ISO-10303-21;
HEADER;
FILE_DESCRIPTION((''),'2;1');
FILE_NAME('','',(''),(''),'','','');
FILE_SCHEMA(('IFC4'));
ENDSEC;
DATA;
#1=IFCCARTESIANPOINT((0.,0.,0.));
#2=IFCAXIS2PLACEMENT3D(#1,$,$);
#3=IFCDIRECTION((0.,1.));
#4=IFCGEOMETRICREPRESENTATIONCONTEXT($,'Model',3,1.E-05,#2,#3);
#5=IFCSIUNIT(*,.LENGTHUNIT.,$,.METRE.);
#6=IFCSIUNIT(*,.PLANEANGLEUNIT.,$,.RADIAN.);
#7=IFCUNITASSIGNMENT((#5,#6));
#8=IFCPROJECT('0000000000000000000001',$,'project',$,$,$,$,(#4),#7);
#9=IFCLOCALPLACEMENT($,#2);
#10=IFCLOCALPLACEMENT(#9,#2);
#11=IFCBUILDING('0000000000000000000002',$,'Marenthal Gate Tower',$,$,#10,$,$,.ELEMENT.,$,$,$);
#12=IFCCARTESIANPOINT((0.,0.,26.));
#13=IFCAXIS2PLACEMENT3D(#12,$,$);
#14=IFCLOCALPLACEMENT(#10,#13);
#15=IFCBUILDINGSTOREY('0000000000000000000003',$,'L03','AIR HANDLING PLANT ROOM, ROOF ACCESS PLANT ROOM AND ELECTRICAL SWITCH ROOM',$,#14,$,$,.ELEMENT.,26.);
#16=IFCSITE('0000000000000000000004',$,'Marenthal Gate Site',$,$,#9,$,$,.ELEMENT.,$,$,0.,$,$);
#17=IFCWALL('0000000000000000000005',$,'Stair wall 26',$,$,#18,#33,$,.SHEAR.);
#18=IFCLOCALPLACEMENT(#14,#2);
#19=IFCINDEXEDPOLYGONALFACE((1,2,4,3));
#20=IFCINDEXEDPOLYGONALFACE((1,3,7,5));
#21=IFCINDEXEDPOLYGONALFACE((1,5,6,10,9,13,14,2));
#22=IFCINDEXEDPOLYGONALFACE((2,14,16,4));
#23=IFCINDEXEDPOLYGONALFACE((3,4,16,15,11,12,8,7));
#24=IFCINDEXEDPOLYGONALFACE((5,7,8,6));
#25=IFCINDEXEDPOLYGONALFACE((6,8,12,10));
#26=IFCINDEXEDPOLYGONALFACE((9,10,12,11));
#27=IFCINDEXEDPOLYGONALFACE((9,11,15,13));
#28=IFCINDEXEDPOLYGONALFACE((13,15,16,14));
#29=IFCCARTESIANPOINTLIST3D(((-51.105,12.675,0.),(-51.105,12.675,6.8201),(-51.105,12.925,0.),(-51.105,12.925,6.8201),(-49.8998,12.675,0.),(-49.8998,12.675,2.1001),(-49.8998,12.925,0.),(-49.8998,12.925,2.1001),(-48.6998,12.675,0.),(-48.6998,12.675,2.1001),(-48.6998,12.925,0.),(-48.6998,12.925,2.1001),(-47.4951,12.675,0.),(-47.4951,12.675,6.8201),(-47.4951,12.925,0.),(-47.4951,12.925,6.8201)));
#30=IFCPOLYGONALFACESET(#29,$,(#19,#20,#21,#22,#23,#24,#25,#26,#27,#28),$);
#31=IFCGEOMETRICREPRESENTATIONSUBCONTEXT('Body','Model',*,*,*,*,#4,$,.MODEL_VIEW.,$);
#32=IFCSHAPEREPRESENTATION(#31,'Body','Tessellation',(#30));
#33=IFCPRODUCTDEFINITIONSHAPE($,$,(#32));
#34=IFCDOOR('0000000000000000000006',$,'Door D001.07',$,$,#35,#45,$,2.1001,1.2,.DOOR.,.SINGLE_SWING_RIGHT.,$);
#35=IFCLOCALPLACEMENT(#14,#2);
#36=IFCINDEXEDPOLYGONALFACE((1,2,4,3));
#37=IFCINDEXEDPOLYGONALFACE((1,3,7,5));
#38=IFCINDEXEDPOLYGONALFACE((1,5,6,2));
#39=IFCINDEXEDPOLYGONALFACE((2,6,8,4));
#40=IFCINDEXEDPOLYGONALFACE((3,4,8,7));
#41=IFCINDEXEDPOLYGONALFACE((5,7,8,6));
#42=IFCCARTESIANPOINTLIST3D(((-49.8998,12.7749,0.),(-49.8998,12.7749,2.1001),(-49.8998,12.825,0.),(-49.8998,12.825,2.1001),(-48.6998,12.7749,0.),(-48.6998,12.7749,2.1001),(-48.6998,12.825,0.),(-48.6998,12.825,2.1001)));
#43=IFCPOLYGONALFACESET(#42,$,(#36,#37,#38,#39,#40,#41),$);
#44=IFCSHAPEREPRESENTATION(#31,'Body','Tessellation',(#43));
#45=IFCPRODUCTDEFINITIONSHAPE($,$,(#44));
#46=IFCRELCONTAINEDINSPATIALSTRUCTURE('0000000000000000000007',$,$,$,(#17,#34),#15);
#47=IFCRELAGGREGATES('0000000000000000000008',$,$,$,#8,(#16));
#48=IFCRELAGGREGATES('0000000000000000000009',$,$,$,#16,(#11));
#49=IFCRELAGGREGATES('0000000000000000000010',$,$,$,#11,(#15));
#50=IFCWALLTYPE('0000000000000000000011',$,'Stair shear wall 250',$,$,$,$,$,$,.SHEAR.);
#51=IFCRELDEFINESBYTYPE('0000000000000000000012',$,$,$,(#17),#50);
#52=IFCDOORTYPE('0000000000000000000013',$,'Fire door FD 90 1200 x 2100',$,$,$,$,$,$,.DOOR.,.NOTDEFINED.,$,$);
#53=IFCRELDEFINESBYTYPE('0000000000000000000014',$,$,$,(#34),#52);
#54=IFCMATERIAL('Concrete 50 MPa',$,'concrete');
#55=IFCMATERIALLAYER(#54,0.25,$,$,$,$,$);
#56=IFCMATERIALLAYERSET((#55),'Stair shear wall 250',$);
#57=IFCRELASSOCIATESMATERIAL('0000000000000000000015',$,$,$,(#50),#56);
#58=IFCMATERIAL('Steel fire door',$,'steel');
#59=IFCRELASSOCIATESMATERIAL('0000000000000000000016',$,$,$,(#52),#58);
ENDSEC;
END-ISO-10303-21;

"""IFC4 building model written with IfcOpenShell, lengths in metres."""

from ifc_helpers import new_model, si_unit, direction, frame, frame_2d, origin, place, context, subcontext, project, spatial, rectangle, extrude, material, layer, layer_set, type_object, element, fill, save


model = new_model("IFC4")

# Units and contexts
model_context = context("Model", 3, precision=1e-05, world=origin(), true_north=direction((0.0, 1.0)))
body_context = subcontext(model_context, "Body", "Model", "MODEL_VIEW")
ifc_project = project(units=[si_unit("LENGTHUNIT", "METRE"), si_unit("PLANEANGLEUNIT", "RADIAN")], contexts=[model_context])

# Site, building, storey
site_placement = place(None, origin())
site = spatial("IfcSite", under=ifc_project, at=site_placement, Name="Marenthal Gate Site", CompositionType="ELEMENT", RefElevation=0.0)
building_placement = place(site_placement, origin())
building = spatial("IfcBuilding", under=site, at=building_placement, Name="Marenthal Gate Tower", CompositionType="ELEMENT")
storey_placement = place(building_placement, frame((0.0, 0.0, 26.0)))
storey = spatial("IfcBuildingStorey", under=building, at=storey_placement, Name="L03", Description="AIR HANDLING PLANT ROOM, ROOF ACCESS PLANT ROOM AND ELECTRICAL SWITCH ROOM", CompositionType="ELEMENT", Elevation=26.0)

# Wall, opening, door
ifc_material_1 = material(Name="Concrete 50 MPa", Category="concrete")
ifc_layer_1 = layer(ifc_material_1, 0.25)
ifc_layer_set_1 = layer_set([ifc_layer_1], Name="Stair shear wall 250")
wall_type_1 = type_object("IfcWallType", Name="Stair shear wall 250", PredefinedType="SHEAR", material=ifc_layer_set_1)
wall_1_placement = place(storey_placement, frame((-51.105, 12.8, 0.0), z_axis=(0.0, 0.0, 1.0), x_axis=(1.0, 0.0, 0.0)))
wall_1 = element("IfcWall", 1, at=wall_1_placement, inside=storey, type_object=wall_type_1, Name="Stair wall 26", PredefinedType="SHEAR", context=body_context, shape_type="SweptSolid", body=[
    extrude(rectangle(XDim=3.6099, YDim=0.25, at=frame_2d((1.8049, 0.0))), origin(), (0.0, 0.0, 1.0), 6.8201),
])
opening_1_placement = place(wall_1_placement, frame((1.2051, 0.0, 0.0)))
opening_1 = element("IfcOpeningElement", 2, at=opening_1_placement, cuts=wall_1, PredefinedType="OPENING", context=body_context, shape_type="SweptSolid", body=[
    extrude(rectangle(XDim=1.2, YDim=2.1001, at=frame_2d((0.6001, 1.05))), frame((0.0, 0.135, 0.0), z_axis=(0.0, -1.0, 0.0), x_axis=(1.0, 0.0, 0.0)), (0.0, 0.0, 1.0), 0.27),
])
ifc_material_2 = material(Name="Steel fire door", Category="steel")
door_type_1 = type_object("IfcDoorType", Name="Fire door FD 90 1200 x 2100", OperationType="NOTDEFINED", PredefinedType="DOOR", material=ifc_material_2)
door_1_placement = place(opening_1_placement, origin())
door_1 = element("IfcDoor", 3, at=door_1_placement, inside=storey, type_object=door_type_1, Name="Door D001.07", OperationType="SINGLE_SWING_RIGHT", OverallHeight=2.1001, OverallWidth=1.2, PredefinedType="DOOR", context=body_context, shape_type="SweptSolid", body=[
    extrude(rectangle(XDim=1.2, YDim=2.1001, at=frame_2d((0.6001, 1.05))), frame((0.0, 0.0249, 0.0), z_axis=(0.0, -1.0, 0.0), x_axis=(1.0, 0.0, 0.0)), (0.0, 0.0, 1.0), 0.05),
])
fill(opening_1, door_1)

save(model, "model.ifc")
